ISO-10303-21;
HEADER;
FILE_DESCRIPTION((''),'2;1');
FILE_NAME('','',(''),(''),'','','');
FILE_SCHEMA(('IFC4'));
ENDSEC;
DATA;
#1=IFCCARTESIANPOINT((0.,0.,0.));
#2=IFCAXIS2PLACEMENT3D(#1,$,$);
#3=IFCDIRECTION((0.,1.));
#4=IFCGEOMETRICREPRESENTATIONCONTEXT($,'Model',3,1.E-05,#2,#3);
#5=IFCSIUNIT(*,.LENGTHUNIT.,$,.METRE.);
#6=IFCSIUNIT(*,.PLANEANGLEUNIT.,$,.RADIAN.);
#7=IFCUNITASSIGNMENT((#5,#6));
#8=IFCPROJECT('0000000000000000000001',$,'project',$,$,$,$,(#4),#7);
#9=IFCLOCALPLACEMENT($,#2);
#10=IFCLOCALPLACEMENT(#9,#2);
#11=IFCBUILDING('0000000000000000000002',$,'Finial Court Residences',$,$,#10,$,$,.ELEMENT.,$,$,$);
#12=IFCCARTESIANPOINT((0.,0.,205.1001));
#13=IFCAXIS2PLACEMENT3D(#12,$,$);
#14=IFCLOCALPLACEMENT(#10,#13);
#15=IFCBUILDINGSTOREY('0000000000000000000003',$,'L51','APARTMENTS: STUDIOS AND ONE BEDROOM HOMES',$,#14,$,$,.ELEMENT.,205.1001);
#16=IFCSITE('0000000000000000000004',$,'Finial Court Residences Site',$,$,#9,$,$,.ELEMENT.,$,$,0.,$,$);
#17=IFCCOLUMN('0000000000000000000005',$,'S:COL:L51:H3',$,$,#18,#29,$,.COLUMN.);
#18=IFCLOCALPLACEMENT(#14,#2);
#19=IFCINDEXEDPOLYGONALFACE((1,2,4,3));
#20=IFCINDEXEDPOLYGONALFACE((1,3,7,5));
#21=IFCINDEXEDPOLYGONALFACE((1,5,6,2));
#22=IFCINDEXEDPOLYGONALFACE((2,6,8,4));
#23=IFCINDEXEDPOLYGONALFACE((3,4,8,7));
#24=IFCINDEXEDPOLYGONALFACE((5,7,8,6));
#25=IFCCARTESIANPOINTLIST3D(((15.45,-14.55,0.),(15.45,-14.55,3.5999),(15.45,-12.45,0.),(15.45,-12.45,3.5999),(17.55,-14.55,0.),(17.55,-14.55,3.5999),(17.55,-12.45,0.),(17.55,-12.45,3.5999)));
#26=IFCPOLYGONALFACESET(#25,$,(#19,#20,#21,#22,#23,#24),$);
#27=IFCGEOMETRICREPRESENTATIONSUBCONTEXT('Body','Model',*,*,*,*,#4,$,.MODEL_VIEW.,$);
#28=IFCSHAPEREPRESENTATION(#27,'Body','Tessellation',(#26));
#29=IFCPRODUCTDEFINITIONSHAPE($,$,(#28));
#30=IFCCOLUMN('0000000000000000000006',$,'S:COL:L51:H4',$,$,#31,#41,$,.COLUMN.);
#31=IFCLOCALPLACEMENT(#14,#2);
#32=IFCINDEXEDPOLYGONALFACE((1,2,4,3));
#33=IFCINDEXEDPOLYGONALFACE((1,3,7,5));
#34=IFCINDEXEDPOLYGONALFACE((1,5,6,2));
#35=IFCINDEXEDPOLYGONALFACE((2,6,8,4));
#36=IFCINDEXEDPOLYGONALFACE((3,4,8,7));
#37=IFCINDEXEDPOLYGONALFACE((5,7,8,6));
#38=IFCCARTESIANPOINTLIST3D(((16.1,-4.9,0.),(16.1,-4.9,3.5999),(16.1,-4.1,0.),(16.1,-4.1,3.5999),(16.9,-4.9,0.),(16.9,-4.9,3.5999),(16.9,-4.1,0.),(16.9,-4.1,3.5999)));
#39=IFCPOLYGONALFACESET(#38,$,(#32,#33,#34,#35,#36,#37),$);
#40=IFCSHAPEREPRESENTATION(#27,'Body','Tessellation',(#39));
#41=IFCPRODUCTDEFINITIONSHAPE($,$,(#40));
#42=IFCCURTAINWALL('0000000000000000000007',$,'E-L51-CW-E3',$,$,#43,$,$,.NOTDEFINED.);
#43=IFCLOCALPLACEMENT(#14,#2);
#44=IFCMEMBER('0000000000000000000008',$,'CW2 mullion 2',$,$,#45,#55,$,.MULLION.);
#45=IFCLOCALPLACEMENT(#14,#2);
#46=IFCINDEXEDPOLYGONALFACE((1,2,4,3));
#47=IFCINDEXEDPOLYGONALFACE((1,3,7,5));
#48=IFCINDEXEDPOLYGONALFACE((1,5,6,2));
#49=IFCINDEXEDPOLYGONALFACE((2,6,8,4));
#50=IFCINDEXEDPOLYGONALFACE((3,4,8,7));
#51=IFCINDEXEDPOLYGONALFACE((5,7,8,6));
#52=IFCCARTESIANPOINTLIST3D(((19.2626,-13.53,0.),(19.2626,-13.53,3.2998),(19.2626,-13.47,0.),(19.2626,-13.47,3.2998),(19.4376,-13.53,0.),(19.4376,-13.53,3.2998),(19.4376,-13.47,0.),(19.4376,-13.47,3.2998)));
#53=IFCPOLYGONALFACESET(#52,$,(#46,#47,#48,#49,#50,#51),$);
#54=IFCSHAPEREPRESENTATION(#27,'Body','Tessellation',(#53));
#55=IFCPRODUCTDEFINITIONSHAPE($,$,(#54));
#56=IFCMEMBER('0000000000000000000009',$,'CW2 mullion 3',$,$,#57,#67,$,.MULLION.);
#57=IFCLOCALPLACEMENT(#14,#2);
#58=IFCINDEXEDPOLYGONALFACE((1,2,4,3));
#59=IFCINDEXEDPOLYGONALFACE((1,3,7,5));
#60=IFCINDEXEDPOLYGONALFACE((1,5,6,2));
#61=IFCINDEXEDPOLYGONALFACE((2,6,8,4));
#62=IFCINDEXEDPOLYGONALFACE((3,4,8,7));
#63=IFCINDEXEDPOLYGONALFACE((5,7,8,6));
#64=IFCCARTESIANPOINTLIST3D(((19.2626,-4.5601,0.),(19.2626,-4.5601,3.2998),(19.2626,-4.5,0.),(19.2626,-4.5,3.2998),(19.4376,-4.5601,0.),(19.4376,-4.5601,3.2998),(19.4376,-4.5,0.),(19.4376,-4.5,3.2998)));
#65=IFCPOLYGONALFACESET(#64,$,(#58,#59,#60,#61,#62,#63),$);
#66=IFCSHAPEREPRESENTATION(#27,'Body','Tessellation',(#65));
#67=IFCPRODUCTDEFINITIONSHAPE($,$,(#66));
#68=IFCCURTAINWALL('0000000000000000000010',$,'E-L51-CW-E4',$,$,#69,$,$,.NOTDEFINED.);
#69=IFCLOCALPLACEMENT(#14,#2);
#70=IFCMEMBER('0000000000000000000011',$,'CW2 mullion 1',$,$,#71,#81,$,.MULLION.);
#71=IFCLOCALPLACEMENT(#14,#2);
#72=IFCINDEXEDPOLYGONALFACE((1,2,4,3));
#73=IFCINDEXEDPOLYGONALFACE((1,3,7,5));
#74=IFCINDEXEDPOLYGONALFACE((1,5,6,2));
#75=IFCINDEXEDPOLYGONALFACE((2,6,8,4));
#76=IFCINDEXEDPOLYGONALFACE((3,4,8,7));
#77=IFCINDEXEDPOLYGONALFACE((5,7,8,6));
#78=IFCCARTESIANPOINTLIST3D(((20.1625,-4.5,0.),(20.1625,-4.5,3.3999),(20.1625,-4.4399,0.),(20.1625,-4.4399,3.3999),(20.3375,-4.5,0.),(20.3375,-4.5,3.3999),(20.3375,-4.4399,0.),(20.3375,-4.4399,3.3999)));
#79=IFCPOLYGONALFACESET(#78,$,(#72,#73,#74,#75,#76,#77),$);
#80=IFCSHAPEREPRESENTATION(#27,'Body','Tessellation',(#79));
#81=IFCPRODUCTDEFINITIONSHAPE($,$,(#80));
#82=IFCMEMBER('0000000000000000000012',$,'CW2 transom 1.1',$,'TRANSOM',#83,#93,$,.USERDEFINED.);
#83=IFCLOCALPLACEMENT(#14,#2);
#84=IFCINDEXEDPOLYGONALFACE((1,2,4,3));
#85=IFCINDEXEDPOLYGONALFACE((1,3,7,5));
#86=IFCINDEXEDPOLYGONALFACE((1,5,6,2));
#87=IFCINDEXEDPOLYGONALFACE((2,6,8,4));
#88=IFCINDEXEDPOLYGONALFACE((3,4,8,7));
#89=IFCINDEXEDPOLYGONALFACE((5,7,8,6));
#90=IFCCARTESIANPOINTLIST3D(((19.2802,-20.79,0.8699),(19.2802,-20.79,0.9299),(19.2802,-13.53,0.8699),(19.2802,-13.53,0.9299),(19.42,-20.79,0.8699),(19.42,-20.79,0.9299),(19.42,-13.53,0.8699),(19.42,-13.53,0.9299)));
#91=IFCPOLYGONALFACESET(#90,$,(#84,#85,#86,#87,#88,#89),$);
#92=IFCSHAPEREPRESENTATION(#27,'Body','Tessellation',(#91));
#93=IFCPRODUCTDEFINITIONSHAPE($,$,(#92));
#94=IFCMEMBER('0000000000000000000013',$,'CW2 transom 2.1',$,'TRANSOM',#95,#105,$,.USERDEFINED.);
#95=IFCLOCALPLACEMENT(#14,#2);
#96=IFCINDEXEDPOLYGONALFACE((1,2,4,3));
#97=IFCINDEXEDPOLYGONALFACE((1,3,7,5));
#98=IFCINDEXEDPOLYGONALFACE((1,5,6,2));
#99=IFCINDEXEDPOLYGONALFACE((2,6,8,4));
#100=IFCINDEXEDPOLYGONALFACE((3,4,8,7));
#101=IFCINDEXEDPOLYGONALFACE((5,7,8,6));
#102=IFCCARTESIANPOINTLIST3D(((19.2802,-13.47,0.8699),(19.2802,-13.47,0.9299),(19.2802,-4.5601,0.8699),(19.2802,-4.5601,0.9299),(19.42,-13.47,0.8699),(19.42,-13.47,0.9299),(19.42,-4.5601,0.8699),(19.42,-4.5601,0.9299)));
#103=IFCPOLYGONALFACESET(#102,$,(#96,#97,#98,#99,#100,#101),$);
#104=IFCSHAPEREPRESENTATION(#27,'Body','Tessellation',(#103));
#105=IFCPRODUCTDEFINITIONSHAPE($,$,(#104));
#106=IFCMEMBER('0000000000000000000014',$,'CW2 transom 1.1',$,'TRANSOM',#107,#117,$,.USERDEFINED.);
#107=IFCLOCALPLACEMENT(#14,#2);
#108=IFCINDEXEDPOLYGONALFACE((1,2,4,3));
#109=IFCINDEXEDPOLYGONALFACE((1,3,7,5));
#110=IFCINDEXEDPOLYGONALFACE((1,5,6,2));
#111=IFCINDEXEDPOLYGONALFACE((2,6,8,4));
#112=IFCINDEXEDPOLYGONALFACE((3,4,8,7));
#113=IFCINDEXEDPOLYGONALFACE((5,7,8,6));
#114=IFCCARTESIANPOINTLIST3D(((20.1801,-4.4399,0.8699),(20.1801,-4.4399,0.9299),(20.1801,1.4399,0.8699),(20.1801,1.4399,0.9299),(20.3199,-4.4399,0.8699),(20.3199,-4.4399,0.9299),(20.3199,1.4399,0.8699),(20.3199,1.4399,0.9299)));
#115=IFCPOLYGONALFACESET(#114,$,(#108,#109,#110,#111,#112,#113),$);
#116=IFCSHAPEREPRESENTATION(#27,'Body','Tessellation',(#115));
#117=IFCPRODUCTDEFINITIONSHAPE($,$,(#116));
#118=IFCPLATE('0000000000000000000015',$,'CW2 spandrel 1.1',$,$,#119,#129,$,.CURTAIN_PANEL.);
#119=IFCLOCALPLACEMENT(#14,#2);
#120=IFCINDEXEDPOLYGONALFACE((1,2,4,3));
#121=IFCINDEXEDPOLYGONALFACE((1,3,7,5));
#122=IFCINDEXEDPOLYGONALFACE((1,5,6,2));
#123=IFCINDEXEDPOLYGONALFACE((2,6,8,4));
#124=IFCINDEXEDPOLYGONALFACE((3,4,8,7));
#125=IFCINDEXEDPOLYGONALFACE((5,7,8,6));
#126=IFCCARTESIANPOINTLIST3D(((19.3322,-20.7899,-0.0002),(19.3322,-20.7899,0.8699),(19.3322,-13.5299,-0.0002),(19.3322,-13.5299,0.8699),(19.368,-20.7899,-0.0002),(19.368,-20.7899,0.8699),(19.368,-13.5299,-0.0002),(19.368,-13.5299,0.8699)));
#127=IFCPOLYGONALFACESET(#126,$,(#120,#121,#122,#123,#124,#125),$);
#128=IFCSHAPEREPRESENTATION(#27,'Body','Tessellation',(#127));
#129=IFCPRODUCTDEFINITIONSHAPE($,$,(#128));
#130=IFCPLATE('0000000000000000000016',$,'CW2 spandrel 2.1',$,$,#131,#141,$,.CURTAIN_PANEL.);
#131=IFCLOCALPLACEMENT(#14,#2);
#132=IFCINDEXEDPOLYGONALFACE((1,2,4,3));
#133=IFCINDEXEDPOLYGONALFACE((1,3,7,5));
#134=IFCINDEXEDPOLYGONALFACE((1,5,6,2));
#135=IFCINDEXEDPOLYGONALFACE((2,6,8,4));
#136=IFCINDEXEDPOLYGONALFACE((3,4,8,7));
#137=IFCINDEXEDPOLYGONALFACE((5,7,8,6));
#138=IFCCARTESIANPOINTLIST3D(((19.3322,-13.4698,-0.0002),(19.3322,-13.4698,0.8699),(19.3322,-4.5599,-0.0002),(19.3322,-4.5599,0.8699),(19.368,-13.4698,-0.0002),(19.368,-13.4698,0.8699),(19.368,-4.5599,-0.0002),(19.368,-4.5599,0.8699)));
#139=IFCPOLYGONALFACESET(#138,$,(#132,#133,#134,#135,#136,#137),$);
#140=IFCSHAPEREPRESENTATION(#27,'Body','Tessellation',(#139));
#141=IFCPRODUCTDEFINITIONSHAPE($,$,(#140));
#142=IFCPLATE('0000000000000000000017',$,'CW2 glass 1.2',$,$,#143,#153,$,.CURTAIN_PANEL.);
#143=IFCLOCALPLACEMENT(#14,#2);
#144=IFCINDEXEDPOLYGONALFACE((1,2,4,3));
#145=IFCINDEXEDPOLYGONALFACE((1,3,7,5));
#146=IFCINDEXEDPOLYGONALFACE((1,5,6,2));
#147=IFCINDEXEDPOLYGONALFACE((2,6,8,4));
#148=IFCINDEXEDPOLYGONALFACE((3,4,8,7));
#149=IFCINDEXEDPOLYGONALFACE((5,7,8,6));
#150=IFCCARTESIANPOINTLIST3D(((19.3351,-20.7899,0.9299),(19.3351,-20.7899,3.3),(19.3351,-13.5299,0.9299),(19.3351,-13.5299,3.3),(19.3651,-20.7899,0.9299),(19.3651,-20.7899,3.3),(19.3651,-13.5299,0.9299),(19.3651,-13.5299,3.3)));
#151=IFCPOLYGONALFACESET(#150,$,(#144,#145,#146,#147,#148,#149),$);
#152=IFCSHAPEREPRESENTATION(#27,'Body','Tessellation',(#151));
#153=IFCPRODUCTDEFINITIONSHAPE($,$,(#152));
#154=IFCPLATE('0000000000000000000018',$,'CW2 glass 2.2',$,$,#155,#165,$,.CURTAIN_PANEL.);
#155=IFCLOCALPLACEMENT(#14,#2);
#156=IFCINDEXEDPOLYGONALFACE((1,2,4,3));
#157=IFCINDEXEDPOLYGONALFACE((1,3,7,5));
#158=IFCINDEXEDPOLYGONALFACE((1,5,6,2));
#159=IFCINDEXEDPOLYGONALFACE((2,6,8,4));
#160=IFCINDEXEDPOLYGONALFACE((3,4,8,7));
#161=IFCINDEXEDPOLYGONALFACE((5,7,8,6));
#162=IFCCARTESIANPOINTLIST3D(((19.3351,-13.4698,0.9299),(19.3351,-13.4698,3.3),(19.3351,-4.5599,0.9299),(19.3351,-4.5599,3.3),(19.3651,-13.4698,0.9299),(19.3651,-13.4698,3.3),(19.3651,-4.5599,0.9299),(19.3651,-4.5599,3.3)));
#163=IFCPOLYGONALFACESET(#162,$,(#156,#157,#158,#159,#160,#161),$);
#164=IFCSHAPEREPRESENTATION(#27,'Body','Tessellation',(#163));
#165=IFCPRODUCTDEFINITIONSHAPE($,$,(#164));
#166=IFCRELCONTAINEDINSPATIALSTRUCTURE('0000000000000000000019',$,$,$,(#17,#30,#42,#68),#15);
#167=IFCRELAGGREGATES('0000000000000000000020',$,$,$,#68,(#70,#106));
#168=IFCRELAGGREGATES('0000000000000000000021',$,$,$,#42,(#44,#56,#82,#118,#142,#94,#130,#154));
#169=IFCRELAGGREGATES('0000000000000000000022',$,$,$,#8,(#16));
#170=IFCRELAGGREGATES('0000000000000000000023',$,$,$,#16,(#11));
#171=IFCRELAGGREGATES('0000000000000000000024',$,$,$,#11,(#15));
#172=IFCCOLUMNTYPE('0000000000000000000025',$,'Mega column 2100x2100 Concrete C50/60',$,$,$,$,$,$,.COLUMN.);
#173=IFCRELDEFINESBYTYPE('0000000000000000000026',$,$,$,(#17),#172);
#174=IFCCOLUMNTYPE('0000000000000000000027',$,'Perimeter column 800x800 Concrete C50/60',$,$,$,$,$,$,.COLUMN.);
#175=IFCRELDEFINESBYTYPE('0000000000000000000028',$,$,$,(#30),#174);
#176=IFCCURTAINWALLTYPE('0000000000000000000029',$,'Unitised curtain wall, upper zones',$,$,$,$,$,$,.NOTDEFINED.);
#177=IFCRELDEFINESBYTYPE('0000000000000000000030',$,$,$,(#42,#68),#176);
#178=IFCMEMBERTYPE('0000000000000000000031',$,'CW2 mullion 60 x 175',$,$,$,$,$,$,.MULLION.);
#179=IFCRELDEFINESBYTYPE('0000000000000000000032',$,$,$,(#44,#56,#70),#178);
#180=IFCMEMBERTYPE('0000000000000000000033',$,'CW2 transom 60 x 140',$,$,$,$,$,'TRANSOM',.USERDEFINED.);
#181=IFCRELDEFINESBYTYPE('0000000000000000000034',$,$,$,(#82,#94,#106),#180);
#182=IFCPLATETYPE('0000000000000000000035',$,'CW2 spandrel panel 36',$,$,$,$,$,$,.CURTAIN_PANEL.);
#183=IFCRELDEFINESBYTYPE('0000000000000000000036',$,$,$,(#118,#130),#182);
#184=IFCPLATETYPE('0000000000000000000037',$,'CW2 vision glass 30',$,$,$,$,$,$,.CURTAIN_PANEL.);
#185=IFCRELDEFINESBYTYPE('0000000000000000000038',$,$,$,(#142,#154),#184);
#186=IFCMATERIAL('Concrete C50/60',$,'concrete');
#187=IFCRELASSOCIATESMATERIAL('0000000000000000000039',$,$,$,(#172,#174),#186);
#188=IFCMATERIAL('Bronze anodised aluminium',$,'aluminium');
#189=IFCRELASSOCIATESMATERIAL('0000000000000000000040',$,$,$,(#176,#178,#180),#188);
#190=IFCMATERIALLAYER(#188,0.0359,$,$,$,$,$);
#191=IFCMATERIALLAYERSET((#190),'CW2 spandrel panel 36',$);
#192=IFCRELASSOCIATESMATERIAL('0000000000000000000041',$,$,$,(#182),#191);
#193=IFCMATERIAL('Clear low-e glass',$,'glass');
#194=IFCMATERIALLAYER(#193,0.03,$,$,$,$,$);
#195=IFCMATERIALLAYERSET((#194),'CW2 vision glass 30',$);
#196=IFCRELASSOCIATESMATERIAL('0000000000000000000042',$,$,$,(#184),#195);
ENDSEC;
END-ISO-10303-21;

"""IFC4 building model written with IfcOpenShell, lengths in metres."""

from ifc_helpers import new_model, si_unit, direction, frame, origin, origin_2d, place, context, subcontext, project, spatial, rectangle, extrude, material, layer, layer_set, material_profile, profile_set, type_object, element, aggregate, save


model = new_model("IFC4")

# Units and contexts
model_context = context("Model", 3, precision=1e-05, world=origin(), true_north=direction((0.0, 1.0)))
body_context = subcontext(model_context, "Body", "Model", "MODEL_VIEW")
ifc_project = project(units=[si_unit("LENGTHUNIT", "METRE"), si_unit("PLANEANGLEUNIT", "RADIAN")], contexts=[model_context])

# Site, building, storey
site_placement = place(None, origin())
site = spatial("IfcSite", under=ifc_project, at=site_placement, Name="Finial Court Residences Site", CompositionType="ELEMENT", RefElevation=0.0)
building_placement = place(site_placement, origin())
building = spatial("IfcBuilding", under=site, at=building_placement, Name="Finial Court Residences", CompositionType="ELEMENT")
storey_placement = place(building_placement, frame((0.0, 0.0, 205.1001)))
storey = spatial("IfcBuildingStorey", under=building, at=storey_placement, Name="L51", Description="APARTMENTS: STUDIOS AND ONE BEDROOM HOMES", CompositionType="ELEMENT", Elevation=205.1001)

# Columns
ifc_material_1 = material(Name="Concrete C50/60", Category="concrete")
ifc_material_profile_1 = material_profile(ifc_material_1, rectangle(XDim=2.1001, YDim=2.1001, at=origin_2d()), Name="2100x2100")
ifc_profile_set_1 = profile_set([ifc_material_profile_1], Name="Concrete C50/60")
column_type_1 = type_object("IfcColumnType", Name="Mega column 2100x2100 Concrete C50/60", PredefinedType="COLUMN", material=ifc_profile_set_1)
column_1_placement = place(storey_placement, frame((16.5, -13.5, 0.0), z_axis=(0.0, 0.0, 1.0), x_axis=(1.0, 0.0, 0.0)))
element("IfcColumn", 1, at=column_1_placement, inside=storey, type_object=column_type_1, Name="S:COL:L51:H3", PredefinedType="COLUMN", context=body_context, shape_type="SweptSolid", body=[
    extrude(rectangle(XDim=2.1001, YDim=2.1001, at=origin_2d()), origin(), (0.0, 0.0, 1.0), 3.5999),
])
ifc_material_profile_2 = material_profile(ifc_material_1, rectangle(XDim=0.8, YDim=0.8, at=origin_2d()), Name="800x800")
ifc_profile_set_2 = profile_set([ifc_material_profile_2], Name="Concrete C50/60")
column_type_2 = type_object("IfcColumnType", Name="Perimeter column 800x800 Concrete C50/60", PredefinedType="COLUMN", material=ifc_profile_set_2)
column_2_placement = place(storey_placement, frame((16.5, -4.5, 0.0), z_axis=(0.0, 0.0, 1.0), x_axis=(1.0, 0.0, 0.0)))
element("IfcColumn", 2, at=column_2_placement, inside=storey, type_object=column_type_2, Name="S:COL:L51:H4", PredefinedType="COLUMN", context=body_context, shape_type="SweptSolid", body=[
    extrude(rectangle(XDim=0.8, YDim=0.8, at=origin_2d()), origin(), (0.0, 0.0, 1.0), 3.5999),
])

# Curtain wall, members
ifc_material_2 = material(Name="Bronze anodised aluminium", Category="aluminium")
curtain_wall_type = type_object("IfcCurtainWallType", Name="Unitised curtain wall, upper zones", PredefinedType="NOTDEFINED", material=ifc_material_2)
curtain_wall_1_placement = place(storey_placement, origin())
curtain_wall_1 = element("IfcCurtainWall", 3, at=curtain_wall_1_placement, inside=storey, type_object=curtain_wall_type, Name="E-L51-CW-E3", PredefinedType="NOTDEFINED")
ifc_material_profile_3 = material_profile(ifc_material_2, rectangle(XDim=0.175, YDim=0.0601, at=origin_2d()), Name="CW2 mullion 60 x 175")
ifc_profile_set_3 = profile_set([ifc_material_profile_3], Name="Bronze anodised aluminium")
member_type_1 = type_object("IfcMemberType", Name="CW2 mullion 60 x 175", PredefinedType="MULLION", material=ifc_profile_set_3)
member_1_placement = place(storey_placement, frame((19.3501, -13.5, 0.0), z_axis=(0.0, 0.0, 1.0), x_axis=(-1.0, 0.0, 0.0)))
member_1 = element("IfcMember", 4, at=member_1_placement, type_object=member_type_1, Name="CW2 mullion 2", PredefinedType="MULLION", context=body_context, shape_type="SweptSolid", body=[
    extrude(rectangle(XDim=0.175, YDim=0.0601, at=origin_2d()), origin(), (0.0, 0.0, 1.0), 3.2998),
])
member_2_placement = place(storey_placement, frame((19.3501, -4.53, 0.0), z_axis=(0.0, 0.0, 1.0), x_axis=(-1.0, 0.0, 0.0)))
member_2 = element("IfcMember", 5, at=member_2_placement, type_object=member_type_1, Name="CW2 mullion 3", PredefinedType="MULLION", context=body_context, shape_type="SweptSolid", body=[
    extrude(rectangle(XDim=0.175, YDim=0.0601, at=origin_2d()), origin(), (0.0, 0.0, 1.0), 3.2998),
])

# Curtain wall, member
curtain_wall_2_placement = place(storey_placement, origin())
curtain_wall_2 = element("IfcCurtainWall", 6, at=curtain_wall_2_placement, inside=storey, type_object=curtain_wall_type, Name="E-L51-CW-E4", PredefinedType="NOTDEFINED")
member_3_placement = place(storey_placement, frame((20.25, -4.47, 0.0), z_axis=(0.0, 0.0, 1.0), x_axis=(-1.0, 0.0, 0.0)))
member_3 = element("IfcMember", 7, at=member_3_placement, type_object=member_type_1, Name="CW2 mullion 1", PredefinedType="MULLION", context=body_context, shape_type="SweptSolid", body=[
    extrude(rectangle(XDim=0.175, YDim=0.0601, at=origin_2d()), origin(), (0.0, 0.0, 1.0), 3.3999),
])

# Members
ifc_material_profile_4 = material_profile(ifc_material_2, rectangle(XDim=0.1399, YDim=0.0601, at=origin_2d()), Name="CW2 transom 60 x 140")
ifc_profile_set_4 = profile_set([ifc_material_profile_4], Name="Bronze anodised aluminium")
member_type_2 = type_object("IfcMemberType", Name="CW2 transom 60 x 140", ElementType="TRANSOM", PredefinedType="USERDEFINED", material=ifc_profile_set_4)
member_4_placement = place(storey_placement, frame((19.3501, -20.79, 0.8999), z_axis=(0.0, 1.0, 0.0), x_axis=(-1.0, 0.0, 0.0)))
member_4 = element("IfcMember", 8, at=member_4_placement, type_object=member_type_2, Name="CW2 transom 1.1", ObjectType="TRANSOM", PredefinedType="USERDEFINED", context=body_context, shape_type="SweptSolid", body=[
    extrude(rectangle(XDim=0.1399, YDim=0.0601, at=origin_2d()), origin(), (0.0, 0.0, 1.0), 7.26),
])
member_5_placement = place(storey_placement, frame((19.3501, -13.47, 0.8999), z_axis=(0.0, 1.0, 0.0), x_axis=(-1.0, 0.0, 0.0)))
member_5 = element("IfcMember", 9, at=member_5_placement, type_object=member_type_2, Name="CW2 transom 2.1", ObjectType="TRANSOM", PredefinedType="USERDEFINED", context=body_context, shape_type="SweptSolid", body=[
    extrude(rectangle(XDim=0.1399, YDim=0.0601, at=origin_2d()), origin(), (0.0, 0.0, 1.0), 8.9099),
])
member_6_placement = place(storey_placement, frame((20.25, -4.4399, 0.8999), z_axis=(0.0, 1.0, 0.0), x_axis=(-1.0, 0.0, 0.0)))
member_6 = element("IfcMember", 10, at=member_6_placement, type_object=member_type_2, Name="CW2 transom 1.1", ObjectType="TRANSOM", PredefinedType="USERDEFINED", context=body_context, shape_type="SweptSolid", body=[
    extrude(rectangle(XDim=0.1399, YDim=0.0601, at=origin_2d()), origin(), (0.0, 0.0, 1.0), 5.8799),
])
aggregate(curtain_wall_2, [member_3, member_6])

# Plates
ifc_layer_1 = layer(ifc_material_2, 0.0359)
ifc_layer_set_1 = layer_set([ifc_layer_1], Name="CW2 spandrel panel 36")
plate_type_1 = type_object("IfcPlateType", Name="CW2 spandrel panel 36", PredefinedType="CURTAIN_PANEL", material=ifc_layer_set_1)
plate_1_placement = place(storey_placement, frame((19.3501, -17.1599, -0.0002), z_axis=(0.0, 0.0, 1.0), x_axis=(0.0, 1.0, 0.0)))
plate_1 = element("IfcPlate", 11, at=plate_1_placement, type_object=plate_type_1, Name="CW2 spandrel 1.1", PredefinedType="CURTAIN_PANEL", context=body_context, shape_type="SweptSolid", body=[
    extrude(rectangle(XDim=7.26, YDim=0.0359, at=origin_2d()), origin(), (0.0, 0.0, 1.0), 0.8701),
])
plate_2_placement = place(storey_placement, frame((19.3501, -9.0149, -0.0002), z_axis=(0.0, 0.0, 1.0), x_axis=(0.0, 1.0, 0.0)))
plate_2 = element("IfcPlate", 12, at=plate_2_placement, type_object=plate_type_1, Name="CW2 spandrel 2.1", PredefinedType="CURTAIN_PANEL", context=body_context, shape_type="SweptSolid", body=[
    extrude(rectangle(XDim=8.9099, YDim=0.0359, at=origin_2d()), origin(), (0.0, 0.0, 1.0), 0.8701),
])
ifc_material_3 = material(Name="Clear low-e glass", Category="glass")
ifc_layer_2 = layer(ifc_material_3, 0.03)
ifc_layer_set_2 = layer_set([ifc_layer_2], Name="CW2 vision glass 30")
plate_type_2 = type_object("IfcPlateType", Name="CW2 vision glass 30", PredefinedType="CURTAIN_PANEL", material=ifc_layer_set_2)
plate_3_placement = place(storey_placement, frame((19.3501, -17.1599, 0.9299), z_axis=(0.0, 0.0, 1.0), x_axis=(0.0, 1.0, 0.0)))
plate_3 = element("IfcPlate", 13, at=plate_3_placement, type_object=plate_type_2, Name="CW2 glass 1.2", PredefinedType="CURTAIN_PANEL", context=body_context, shape_type="SweptSolid", body=[
    extrude(rectangle(XDim=7.26, YDim=0.03, at=origin_2d()), origin(), (0.0, 0.0, 1.0), 2.3701),
])
plate_4_placement = place(storey_placement, frame((19.3501, -9.0149, 0.9299), z_axis=(0.0, 0.0, 1.0), x_axis=(0.0, 1.0, 0.0)))
plate_4 = element("IfcPlate", 14, at=plate_4_placement, type_object=plate_type_2, Name="CW2 glass 2.2", PredefinedType="CURTAIN_PANEL", context=body_context, shape_type="SweptSolid", body=[
    extrude(rectangle(XDim=8.9099, YDim=0.03, at=origin_2d()), origin(), (0.0, 0.0, 1.0), 2.3701),
])
aggregate(curtain_wall_1, [member_1, member_2, member_4, plate_1, plate_3, member_5, plate_2, plate_4])

save(model, "model.ifc")
